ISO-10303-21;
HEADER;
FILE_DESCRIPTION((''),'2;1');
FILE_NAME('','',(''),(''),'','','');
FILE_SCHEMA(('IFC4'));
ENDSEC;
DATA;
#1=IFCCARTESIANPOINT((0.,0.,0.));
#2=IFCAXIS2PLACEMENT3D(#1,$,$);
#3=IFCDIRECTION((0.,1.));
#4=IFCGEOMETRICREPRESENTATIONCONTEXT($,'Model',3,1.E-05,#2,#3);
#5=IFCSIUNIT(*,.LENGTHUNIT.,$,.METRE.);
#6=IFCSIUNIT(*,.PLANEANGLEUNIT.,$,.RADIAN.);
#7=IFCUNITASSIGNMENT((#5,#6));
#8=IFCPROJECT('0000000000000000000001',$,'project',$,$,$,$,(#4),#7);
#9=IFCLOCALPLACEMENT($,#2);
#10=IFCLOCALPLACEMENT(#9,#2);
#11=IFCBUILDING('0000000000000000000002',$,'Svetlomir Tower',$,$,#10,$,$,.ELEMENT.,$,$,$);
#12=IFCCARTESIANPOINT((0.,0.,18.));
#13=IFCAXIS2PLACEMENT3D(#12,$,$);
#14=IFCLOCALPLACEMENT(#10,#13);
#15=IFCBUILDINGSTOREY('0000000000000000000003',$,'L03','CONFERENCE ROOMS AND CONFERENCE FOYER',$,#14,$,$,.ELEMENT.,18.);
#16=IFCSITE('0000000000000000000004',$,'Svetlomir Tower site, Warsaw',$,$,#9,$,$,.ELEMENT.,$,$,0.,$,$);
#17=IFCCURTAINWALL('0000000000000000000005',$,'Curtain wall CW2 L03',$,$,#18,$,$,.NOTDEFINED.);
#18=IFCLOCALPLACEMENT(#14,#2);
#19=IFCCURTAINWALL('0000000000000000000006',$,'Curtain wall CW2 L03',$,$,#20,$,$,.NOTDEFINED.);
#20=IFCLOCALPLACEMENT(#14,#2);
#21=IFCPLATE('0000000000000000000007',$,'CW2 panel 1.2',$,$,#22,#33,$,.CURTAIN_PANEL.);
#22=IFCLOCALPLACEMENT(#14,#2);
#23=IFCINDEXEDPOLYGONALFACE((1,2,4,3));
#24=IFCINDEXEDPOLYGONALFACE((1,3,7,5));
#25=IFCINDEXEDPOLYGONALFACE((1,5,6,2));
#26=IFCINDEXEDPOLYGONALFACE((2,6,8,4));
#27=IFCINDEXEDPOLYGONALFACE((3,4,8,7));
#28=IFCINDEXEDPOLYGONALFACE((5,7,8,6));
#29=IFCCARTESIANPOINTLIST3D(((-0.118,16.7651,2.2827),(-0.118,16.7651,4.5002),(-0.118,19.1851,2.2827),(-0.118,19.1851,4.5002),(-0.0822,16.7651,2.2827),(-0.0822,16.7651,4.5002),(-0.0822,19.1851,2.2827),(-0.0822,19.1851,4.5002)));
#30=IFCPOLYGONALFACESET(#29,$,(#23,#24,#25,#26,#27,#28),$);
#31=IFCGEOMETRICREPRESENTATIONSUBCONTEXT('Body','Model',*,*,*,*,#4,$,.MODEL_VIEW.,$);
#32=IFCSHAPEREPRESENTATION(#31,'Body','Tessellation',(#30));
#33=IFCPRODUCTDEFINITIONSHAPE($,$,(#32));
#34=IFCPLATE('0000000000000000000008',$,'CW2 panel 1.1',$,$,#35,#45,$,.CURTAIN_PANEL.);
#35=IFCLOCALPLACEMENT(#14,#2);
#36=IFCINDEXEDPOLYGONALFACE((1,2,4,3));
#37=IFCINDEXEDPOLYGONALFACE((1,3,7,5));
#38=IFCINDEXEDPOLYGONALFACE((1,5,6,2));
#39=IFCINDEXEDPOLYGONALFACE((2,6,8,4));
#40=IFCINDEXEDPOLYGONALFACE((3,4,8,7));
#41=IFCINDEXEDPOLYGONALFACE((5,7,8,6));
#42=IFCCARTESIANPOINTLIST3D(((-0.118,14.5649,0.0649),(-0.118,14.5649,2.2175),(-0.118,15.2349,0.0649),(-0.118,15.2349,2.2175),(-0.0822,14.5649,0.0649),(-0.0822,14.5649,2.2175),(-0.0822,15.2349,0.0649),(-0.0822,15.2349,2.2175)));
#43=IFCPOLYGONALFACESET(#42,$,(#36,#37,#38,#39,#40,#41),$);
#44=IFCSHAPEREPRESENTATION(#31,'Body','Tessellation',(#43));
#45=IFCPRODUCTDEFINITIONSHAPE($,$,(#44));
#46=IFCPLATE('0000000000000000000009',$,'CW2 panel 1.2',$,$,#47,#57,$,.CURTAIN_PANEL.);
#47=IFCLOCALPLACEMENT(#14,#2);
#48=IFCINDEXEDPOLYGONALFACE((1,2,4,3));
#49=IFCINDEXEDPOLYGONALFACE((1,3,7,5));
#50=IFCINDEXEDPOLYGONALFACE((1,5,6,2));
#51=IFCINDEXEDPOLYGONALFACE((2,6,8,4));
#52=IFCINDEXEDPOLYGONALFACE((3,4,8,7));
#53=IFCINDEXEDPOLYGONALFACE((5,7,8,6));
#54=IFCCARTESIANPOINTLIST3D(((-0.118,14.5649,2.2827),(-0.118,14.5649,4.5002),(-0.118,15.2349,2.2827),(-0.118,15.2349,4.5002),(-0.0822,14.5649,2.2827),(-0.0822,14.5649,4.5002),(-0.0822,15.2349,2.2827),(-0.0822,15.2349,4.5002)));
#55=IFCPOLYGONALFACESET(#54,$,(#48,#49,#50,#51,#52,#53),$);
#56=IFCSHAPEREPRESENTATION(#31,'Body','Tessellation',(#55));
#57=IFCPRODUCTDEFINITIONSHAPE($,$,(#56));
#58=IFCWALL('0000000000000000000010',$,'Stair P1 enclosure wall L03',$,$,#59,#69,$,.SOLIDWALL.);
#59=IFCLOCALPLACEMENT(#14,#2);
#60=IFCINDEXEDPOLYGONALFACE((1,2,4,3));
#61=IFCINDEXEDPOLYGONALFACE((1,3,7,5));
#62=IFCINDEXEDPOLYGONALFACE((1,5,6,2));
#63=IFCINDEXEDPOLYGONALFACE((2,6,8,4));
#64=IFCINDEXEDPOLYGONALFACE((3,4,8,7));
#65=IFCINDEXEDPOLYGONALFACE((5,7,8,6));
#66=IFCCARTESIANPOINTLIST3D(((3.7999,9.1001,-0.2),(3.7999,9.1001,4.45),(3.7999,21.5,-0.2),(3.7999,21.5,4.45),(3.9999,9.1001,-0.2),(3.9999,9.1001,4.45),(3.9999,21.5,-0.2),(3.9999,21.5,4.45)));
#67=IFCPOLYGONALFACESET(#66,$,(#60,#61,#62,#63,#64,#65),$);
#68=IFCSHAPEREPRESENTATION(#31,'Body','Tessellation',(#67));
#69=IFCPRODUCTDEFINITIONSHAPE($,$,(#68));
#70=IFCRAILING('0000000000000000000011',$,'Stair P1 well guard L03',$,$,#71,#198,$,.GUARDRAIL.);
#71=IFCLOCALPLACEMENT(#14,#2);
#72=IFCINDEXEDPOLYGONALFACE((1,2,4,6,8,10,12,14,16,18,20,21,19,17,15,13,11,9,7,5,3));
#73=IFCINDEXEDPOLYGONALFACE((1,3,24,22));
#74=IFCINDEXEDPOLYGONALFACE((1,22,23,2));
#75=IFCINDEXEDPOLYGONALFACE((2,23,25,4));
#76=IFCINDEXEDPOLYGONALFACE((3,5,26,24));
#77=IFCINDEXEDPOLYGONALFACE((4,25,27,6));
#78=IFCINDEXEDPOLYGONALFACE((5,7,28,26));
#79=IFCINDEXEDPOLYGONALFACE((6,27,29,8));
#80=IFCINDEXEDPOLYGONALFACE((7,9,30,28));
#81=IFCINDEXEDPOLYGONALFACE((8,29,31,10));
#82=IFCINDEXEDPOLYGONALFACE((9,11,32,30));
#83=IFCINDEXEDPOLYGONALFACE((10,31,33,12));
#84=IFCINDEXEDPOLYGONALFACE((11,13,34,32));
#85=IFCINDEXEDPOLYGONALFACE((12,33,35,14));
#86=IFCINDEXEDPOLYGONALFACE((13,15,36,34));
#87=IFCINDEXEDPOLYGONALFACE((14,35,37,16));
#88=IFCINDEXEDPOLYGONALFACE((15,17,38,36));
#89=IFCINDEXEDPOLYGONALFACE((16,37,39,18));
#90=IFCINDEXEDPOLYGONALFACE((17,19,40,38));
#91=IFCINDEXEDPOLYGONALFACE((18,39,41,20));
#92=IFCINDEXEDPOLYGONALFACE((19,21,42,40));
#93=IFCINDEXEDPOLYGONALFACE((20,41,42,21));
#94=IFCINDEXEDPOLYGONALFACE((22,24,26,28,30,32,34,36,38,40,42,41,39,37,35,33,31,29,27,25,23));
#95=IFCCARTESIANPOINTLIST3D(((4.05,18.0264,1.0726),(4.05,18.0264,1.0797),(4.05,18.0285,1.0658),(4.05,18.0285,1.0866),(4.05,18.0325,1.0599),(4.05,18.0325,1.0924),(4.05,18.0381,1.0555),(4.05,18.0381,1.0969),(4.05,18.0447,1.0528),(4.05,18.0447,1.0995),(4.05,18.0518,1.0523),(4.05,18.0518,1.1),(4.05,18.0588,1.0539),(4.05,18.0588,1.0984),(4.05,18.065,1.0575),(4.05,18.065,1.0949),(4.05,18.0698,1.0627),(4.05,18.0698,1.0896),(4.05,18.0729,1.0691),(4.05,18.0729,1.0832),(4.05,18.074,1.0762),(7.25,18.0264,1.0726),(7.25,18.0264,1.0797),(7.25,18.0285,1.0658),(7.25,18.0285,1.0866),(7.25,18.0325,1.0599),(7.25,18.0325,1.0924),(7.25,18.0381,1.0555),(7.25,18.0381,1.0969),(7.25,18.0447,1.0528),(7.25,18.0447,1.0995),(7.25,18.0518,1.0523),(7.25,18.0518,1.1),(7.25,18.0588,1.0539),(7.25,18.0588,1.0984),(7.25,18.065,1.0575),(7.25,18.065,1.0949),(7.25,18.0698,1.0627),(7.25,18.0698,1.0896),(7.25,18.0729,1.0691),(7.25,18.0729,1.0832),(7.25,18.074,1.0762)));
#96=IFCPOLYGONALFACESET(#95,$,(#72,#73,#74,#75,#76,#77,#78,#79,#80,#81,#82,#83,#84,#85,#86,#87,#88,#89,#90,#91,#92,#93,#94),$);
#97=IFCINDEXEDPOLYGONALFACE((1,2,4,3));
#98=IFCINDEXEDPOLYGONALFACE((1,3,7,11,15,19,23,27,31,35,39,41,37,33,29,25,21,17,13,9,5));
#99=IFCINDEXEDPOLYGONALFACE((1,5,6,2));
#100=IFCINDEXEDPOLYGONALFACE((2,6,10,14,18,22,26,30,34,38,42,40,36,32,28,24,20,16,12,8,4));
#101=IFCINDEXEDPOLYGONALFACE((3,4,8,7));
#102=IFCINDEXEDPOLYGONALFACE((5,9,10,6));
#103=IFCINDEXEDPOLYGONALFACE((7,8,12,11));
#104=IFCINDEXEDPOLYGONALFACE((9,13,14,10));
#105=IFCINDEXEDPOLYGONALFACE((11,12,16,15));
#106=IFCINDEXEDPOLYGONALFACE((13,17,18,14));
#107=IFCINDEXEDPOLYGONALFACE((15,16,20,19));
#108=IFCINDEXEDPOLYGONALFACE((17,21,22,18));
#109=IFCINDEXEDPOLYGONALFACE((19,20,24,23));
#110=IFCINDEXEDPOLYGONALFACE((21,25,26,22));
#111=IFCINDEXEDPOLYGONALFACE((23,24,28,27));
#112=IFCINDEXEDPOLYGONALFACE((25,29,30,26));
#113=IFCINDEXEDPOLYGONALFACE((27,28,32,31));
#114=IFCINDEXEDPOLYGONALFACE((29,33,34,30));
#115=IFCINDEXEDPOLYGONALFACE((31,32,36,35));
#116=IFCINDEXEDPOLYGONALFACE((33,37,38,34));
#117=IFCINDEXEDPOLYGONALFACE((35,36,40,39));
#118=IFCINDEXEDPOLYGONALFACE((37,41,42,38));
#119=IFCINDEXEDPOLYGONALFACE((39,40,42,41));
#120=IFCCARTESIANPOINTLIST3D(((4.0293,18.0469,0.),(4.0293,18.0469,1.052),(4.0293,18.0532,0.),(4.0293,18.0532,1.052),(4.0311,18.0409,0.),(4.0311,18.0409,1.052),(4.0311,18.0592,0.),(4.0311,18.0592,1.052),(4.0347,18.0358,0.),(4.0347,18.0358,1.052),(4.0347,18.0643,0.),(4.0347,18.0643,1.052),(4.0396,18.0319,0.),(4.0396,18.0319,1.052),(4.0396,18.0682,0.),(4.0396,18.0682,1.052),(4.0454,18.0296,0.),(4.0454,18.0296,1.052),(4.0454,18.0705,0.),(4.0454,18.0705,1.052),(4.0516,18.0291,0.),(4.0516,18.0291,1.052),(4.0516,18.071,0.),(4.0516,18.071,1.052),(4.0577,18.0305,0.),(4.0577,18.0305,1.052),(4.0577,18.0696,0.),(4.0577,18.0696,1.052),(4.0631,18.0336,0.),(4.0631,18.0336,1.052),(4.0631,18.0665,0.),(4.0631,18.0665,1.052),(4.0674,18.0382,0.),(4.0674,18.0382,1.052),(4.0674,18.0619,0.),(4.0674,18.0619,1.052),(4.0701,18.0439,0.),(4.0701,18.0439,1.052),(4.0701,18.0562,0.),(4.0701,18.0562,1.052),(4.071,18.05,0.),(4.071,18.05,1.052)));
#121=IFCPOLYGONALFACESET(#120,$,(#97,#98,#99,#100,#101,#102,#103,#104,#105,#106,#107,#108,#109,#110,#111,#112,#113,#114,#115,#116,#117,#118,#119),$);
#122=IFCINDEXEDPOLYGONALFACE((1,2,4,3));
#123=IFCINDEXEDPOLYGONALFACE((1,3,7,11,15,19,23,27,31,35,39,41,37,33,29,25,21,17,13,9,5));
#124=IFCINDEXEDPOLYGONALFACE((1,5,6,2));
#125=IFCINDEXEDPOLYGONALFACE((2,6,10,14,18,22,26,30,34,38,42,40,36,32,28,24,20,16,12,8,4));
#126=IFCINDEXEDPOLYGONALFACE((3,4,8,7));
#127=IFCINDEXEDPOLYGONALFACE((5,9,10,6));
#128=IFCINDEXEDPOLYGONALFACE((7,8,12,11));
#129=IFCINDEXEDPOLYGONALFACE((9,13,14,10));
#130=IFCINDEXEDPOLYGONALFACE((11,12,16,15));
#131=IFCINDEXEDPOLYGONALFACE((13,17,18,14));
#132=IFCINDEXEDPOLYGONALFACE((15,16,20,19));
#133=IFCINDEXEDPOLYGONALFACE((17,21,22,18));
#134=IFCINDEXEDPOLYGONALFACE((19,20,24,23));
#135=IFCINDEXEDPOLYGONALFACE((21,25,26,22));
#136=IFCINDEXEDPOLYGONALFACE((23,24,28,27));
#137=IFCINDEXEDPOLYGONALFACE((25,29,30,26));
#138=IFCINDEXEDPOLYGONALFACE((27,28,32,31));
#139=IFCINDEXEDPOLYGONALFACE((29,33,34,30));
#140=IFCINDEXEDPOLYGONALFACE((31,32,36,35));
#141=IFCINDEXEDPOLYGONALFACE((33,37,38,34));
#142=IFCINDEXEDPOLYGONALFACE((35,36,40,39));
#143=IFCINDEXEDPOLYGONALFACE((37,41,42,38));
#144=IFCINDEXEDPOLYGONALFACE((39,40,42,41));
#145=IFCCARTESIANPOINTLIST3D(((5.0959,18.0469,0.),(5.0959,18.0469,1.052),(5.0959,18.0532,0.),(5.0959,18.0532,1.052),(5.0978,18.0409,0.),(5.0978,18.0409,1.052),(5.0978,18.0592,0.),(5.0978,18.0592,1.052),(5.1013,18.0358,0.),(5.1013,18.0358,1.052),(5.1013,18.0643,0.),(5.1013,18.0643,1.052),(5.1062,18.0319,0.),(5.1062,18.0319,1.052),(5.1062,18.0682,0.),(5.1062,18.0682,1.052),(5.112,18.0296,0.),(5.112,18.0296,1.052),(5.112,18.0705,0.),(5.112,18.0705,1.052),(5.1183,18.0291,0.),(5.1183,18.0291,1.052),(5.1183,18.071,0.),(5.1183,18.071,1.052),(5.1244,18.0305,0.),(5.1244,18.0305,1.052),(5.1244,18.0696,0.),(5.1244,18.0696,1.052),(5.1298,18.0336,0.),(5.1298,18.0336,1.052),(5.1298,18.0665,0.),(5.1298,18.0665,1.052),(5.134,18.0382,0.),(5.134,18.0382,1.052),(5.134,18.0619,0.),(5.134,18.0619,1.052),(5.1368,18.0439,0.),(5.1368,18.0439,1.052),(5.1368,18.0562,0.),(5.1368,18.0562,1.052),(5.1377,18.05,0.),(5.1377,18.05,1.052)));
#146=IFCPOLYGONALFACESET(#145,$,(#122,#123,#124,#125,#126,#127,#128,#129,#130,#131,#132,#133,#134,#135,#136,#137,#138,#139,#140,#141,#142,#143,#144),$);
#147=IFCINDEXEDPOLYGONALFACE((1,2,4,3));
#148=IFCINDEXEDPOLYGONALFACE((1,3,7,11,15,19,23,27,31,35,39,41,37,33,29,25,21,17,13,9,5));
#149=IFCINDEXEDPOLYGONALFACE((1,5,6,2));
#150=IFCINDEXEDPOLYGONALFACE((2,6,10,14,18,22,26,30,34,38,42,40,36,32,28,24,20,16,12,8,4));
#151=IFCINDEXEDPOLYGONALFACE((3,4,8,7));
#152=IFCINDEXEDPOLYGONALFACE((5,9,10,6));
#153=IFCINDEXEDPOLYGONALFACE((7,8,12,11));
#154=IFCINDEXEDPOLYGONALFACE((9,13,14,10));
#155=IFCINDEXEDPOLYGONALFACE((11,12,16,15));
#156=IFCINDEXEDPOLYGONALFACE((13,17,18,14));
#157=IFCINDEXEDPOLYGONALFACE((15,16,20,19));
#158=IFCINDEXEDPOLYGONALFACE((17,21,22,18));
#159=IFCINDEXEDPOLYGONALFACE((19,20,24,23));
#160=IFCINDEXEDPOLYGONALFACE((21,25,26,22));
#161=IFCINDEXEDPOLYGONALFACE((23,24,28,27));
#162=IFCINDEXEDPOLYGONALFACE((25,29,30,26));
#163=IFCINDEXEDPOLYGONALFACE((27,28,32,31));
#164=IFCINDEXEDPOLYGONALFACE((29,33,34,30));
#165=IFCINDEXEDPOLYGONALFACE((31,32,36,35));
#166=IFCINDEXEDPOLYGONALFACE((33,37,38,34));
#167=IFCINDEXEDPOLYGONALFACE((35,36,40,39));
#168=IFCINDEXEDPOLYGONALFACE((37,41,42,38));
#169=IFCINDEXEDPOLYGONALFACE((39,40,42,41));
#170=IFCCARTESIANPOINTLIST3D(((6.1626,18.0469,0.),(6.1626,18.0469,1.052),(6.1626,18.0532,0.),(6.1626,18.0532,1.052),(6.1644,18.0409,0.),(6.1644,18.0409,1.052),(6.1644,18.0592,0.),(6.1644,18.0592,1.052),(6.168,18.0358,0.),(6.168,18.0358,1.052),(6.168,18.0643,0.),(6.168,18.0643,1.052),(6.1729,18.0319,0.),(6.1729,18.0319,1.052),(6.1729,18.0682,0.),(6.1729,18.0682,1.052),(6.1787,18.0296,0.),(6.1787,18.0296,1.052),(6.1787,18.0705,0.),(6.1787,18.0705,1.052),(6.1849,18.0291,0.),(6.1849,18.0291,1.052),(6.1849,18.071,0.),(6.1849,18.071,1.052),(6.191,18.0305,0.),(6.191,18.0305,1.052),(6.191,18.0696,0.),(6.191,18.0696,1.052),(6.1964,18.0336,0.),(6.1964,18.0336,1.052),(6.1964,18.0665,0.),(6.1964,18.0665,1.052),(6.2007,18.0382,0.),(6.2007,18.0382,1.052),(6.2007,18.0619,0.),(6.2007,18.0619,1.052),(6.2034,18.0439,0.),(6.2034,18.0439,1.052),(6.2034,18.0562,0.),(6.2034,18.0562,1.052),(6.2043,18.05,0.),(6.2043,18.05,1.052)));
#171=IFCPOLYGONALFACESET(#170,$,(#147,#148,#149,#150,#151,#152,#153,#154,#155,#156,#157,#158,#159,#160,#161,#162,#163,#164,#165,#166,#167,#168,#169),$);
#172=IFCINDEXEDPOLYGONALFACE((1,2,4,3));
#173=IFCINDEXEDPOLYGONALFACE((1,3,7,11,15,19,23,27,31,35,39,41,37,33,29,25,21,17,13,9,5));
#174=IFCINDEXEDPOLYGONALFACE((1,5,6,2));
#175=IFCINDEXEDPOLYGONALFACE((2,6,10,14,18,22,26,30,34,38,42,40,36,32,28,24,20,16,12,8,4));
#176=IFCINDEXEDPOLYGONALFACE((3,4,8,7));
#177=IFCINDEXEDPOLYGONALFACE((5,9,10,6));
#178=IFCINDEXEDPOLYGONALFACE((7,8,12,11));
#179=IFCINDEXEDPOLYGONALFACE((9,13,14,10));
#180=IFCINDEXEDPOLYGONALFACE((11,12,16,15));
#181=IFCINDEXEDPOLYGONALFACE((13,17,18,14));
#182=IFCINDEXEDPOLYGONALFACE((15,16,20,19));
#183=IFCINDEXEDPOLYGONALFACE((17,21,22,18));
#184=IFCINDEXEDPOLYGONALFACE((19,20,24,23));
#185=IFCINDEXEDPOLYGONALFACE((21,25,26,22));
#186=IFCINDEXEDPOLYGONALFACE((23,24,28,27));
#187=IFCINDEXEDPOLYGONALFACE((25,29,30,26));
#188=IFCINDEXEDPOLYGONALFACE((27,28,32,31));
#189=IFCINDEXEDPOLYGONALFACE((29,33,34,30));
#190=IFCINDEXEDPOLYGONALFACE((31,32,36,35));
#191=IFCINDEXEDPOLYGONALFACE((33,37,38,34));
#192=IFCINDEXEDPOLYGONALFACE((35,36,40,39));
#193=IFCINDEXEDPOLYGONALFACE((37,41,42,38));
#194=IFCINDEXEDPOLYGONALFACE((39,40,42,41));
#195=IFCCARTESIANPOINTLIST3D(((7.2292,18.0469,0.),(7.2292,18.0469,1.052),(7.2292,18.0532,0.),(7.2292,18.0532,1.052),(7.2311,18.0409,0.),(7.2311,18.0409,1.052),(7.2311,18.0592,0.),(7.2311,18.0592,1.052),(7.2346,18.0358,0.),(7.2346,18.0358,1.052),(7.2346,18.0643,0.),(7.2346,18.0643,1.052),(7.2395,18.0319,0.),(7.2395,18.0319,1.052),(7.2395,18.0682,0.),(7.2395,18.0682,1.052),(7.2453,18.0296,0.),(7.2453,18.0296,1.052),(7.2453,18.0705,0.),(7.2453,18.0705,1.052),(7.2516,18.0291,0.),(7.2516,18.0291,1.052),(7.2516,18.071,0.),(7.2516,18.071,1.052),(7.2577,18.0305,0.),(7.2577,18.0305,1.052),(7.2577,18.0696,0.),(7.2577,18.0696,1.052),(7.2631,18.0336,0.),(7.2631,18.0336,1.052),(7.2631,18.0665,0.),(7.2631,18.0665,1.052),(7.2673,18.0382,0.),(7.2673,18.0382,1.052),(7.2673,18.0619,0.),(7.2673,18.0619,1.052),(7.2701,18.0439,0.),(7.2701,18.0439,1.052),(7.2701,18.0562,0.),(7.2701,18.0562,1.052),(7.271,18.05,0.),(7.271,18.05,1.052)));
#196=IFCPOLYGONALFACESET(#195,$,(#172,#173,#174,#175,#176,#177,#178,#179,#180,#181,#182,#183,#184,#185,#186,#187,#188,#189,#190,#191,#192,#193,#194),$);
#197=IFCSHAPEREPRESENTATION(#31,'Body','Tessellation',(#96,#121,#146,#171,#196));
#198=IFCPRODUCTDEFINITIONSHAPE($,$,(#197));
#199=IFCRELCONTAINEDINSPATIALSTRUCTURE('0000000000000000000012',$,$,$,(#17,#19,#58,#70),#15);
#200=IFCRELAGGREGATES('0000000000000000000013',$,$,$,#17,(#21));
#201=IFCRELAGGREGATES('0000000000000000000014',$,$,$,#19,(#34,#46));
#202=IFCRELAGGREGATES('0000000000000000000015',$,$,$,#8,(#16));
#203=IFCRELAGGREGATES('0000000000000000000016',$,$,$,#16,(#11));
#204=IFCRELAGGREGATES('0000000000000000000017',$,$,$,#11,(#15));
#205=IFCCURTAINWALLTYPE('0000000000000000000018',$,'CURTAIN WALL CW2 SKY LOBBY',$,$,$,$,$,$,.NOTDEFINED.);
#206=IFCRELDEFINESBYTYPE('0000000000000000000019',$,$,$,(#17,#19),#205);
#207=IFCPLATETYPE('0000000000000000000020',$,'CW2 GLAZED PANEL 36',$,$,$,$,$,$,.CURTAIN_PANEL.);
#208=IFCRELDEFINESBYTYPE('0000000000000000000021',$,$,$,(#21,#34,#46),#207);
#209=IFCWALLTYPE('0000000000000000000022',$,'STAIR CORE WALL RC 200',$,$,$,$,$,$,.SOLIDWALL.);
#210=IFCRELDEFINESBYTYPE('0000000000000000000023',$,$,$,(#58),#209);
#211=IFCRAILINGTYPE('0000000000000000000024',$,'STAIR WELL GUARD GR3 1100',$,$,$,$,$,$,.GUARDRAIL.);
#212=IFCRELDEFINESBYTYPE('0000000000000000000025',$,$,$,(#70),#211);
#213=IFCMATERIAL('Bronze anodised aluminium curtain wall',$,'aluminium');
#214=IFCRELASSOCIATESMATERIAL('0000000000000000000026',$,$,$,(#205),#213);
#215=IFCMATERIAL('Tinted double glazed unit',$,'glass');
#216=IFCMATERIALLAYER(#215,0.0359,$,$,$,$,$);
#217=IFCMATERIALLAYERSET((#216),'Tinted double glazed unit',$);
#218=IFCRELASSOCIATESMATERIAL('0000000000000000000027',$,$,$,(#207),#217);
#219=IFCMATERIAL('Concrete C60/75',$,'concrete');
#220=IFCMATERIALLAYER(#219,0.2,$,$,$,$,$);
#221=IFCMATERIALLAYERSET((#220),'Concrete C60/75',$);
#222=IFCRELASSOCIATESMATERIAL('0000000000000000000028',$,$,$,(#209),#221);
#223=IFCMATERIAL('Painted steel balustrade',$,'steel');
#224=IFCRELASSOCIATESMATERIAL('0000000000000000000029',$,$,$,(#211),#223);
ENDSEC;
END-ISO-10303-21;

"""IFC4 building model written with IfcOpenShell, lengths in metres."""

from ifc_helpers import new_model, si_unit, direction, frame, frame_2d, origin, origin_2d, place, context, subcontext, project, spatial, rectangle, circle, extrude, material, layer, layer_set, type_object, element, aggregate, save


model = new_model("IFC4")

# Units and contexts
model_context = context("Model", 3, precision=1e-05, world=origin(), true_north=direction((0.0, 1.0)))
body_context = subcontext(model_context, "Body", "Model", "MODEL_VIEW")
ifc_project = project(units=[si_unit("LENGTHUNIT", "METRE"), si_unit("PLANEANGLEUNIT", "RADIAN")], contexts=[model_context])

# Site, building, storey
site_placement = place(None, origin())
site = spatial("IfcSite", under=ifc_project, at=site_placement, Name="Svetlomir Tower site, Warsaw", CompositionType="ELEMENT", RefElevation=0.0)
building_placement = place(site_placement, origin())
building = spatial("IfcBuilding", under=site, at=building_placement, Name="Svetlomir Tower", CompositionType="ELEMENT")
storey_placement = place(building_placement, frame((0.0, 0.0, 18.0)))
storey = spatial("IfcBuildingStorey", under=building, at=storey_placement, Name="L03", Description="CONFERENCE ROOMS AND CONFERENCE FOYER", CompositionType="ELEMENT", Elevation=18.0)

# Curtain walls
ifc_material_1 = material(Name="Bronze anodised aluminium curtain wall", Category="aluminium")
curtain_wall_type = type_object("IfcCurtainWallType", Name="CURTAIN WALL CW2 SKY LOBBY", PredefinedType="NOTDEFINED", material=ifc_material_1)
curtain_wall_1_placement = place(storey_placement, origin())
curtain_wall_1 = element("IfcCurtainWall", 1, at=curtain_wall_1_placement, inside=storey, type_object=curtain_wall_type, Name="Curtain wall CW2 L03", PredefinedType="NOTDEFINED")
curtain_wall_2_placement = place(storey_placement, origin())
curtain_wall_2 = element("IfcCurtainWall", 2, at=curtain_wall_2_placement, inside=storey, type_object=curtain_wall_type, Name="Curtain wall CW2 L03", PredefinedType="NOTDEFINED")

# Plates
ifc_material_2 = material(Name="Tinted double glazed unit", Category="glass")
ifc_layer_1 = layer(ifc_material_2, 0.0359)
ifc_layer_set_1 = layer_set([ifc_layer_1], Name="Tinted double glazed unit")
plate_type = type_object("IfcPlateType", Name="CW2 GLAZED PANEL 36", PredefinedType="CURTAIN_PANEL", material=ifc_layer_set_1)
plate_1_placement = place(storey_placement, frame((-0.1001, 17.9751, 2.2827), z_axis=(0.0, 0.0, 1.0), x_axis=(0.0, -1.0, 0.0)))
plate_1 = element("IfcPlate", 3, at=plate_1_placement, type_object=plate_type, Name="CW2 panel 1.2", PredefinedType="CURTAIN_PANEL", context=body_context, shape_type="SweptSolid", body=[
    extrude(rectangle(XDim=2.4199, YDim=0.0359, at=origin_2d()), origin(), (0.0, 0.0, 1.0), 2.2175),
])
aggregate(curtain_wall_1, [plate_1])
plate_2_placement = place(storey_placement, frame((-0.1001, 14.8999, 0.0649), z_axis=(0.0, 0.0, 1.0), x_axis=(0.0, -1.0, 0.0)))
plate_2 = element("IfcPlate", 4, at=plate_2_placement, type_object=plate_type, Name="CW2 panel 1.1", PredefinedType="CURTAIN_PANEL", context=body_context, shape_type="SweptSolid", body=[
    extrude(rectangle(XDim=0.6699, YDim=0.0359, at=origin_2d()), origin(), (0.0, 0.0, 1.0), 2.1526),
])
plate_3_placement = place(storey_placement, frame((-0.1001, 14.8999, 2.2827), z_axis=(0.0, 0.0, 1.0), x_axis=(0.0, -1.0, 0.0)))
plate_3 = element("IfcPlate", 5, at=plate_3_placement, type_object=plate_type, Name="CW2 panel 1.2", PredefinedType="CURTAIN_PANEL", context=body_context, shape_type="SweptSolid", body=[
    extrude(rectangle(XDim=0.6699, YDim=0.0359, at=origin_2d()), origin(), (0.0, 0.0, 1.0), 2.2175),
])
aggregate(curtain_wall_2, [plate_2, plate_3])

# Wall
ifc_material_3 = material(Name="Concrete C60/75", Category="concrete")
ifc_layer_2 = layer(ifc_material_3, 0.2)
ifc_layer_set_2 = layer_set([ifc_layer_2], Name="Concrete C60/75")
wall_type = type_object("IfcWallType", Name="STAIR CORE WALL RC 200", PredefinedType="SOLIDWALL", material=ifc_layer_set_2)
wall_placement = place(storey_placement, frame((3.8999, 21.5, -0.2), z_axis=(0.0, 0.0, 1.0), x_axis=(0.0, -1.0, 0.0)))
element("IfcWall", 6, at=wall_placement, inside=storey, type_object=wall_type, Name="Stair P1 enclosure wall L03", PredefinedType="SOLIDWALL", context=body_context, shape_type="SweptSolid", body=[
    extrude(rectangle(XDim=12.3999, YDim=0.2, at=frame_2d((6.2, 0.0))), origin(), (0.0, 0.0, 1.0), 4.6499),
])

# Railing
ifc_material_4 = material(Name="Painted steel balustrade", Category="steel")
railing_type = type_object("IfcRailingType", Name="STAIR WELL GUARD GR3 1100", PredefinedType="GUARDRAIL", material=ifc_material_4)
railing_placement = place(storey_placement, frame((4.05, 18.05, 0.0)))
element("IfcRailing", 7, at=railing_placement, inside=storey, type_object=railing_type, Name="Stair P1 well guard L03", PredefinedType="GUARDRAIL", context=body_context, shape_type="SweptSolid", body=[
    extrude(circle(Radius=0.0239, at=origin_2d()), frame((0.0, 0.0, 1.0762), z_axis=(1.0, 0.0, 0.0), x_axis=(0.0, 1.0, 0.0)), (0.0, 0.0, 1.0), 3.2),
    extrude(circle(Radius=0.021, at=origin_2d()), origin(), (0.0, 0.0, 1.0), 1.052),
    extrude(circle(Radius=0.021, at=origin_2d()), frame((1.0667, 0.0, 0.0)), (0.0, 0.0, 1.0), 1.052),
    extrude(circle(Radius=0.021, at=origin_2d()), frame((2.1333, 0.0, 0.0)), (0.0, 0.0, 1.0), 1.052),
    extrude(circle(Radius=0.021, at=origin_2d()), frame((3.2, 0.0, 0.0)), (0.0, 0.0, 1.0), 1.052),
])

save(model, "model.ifc")
